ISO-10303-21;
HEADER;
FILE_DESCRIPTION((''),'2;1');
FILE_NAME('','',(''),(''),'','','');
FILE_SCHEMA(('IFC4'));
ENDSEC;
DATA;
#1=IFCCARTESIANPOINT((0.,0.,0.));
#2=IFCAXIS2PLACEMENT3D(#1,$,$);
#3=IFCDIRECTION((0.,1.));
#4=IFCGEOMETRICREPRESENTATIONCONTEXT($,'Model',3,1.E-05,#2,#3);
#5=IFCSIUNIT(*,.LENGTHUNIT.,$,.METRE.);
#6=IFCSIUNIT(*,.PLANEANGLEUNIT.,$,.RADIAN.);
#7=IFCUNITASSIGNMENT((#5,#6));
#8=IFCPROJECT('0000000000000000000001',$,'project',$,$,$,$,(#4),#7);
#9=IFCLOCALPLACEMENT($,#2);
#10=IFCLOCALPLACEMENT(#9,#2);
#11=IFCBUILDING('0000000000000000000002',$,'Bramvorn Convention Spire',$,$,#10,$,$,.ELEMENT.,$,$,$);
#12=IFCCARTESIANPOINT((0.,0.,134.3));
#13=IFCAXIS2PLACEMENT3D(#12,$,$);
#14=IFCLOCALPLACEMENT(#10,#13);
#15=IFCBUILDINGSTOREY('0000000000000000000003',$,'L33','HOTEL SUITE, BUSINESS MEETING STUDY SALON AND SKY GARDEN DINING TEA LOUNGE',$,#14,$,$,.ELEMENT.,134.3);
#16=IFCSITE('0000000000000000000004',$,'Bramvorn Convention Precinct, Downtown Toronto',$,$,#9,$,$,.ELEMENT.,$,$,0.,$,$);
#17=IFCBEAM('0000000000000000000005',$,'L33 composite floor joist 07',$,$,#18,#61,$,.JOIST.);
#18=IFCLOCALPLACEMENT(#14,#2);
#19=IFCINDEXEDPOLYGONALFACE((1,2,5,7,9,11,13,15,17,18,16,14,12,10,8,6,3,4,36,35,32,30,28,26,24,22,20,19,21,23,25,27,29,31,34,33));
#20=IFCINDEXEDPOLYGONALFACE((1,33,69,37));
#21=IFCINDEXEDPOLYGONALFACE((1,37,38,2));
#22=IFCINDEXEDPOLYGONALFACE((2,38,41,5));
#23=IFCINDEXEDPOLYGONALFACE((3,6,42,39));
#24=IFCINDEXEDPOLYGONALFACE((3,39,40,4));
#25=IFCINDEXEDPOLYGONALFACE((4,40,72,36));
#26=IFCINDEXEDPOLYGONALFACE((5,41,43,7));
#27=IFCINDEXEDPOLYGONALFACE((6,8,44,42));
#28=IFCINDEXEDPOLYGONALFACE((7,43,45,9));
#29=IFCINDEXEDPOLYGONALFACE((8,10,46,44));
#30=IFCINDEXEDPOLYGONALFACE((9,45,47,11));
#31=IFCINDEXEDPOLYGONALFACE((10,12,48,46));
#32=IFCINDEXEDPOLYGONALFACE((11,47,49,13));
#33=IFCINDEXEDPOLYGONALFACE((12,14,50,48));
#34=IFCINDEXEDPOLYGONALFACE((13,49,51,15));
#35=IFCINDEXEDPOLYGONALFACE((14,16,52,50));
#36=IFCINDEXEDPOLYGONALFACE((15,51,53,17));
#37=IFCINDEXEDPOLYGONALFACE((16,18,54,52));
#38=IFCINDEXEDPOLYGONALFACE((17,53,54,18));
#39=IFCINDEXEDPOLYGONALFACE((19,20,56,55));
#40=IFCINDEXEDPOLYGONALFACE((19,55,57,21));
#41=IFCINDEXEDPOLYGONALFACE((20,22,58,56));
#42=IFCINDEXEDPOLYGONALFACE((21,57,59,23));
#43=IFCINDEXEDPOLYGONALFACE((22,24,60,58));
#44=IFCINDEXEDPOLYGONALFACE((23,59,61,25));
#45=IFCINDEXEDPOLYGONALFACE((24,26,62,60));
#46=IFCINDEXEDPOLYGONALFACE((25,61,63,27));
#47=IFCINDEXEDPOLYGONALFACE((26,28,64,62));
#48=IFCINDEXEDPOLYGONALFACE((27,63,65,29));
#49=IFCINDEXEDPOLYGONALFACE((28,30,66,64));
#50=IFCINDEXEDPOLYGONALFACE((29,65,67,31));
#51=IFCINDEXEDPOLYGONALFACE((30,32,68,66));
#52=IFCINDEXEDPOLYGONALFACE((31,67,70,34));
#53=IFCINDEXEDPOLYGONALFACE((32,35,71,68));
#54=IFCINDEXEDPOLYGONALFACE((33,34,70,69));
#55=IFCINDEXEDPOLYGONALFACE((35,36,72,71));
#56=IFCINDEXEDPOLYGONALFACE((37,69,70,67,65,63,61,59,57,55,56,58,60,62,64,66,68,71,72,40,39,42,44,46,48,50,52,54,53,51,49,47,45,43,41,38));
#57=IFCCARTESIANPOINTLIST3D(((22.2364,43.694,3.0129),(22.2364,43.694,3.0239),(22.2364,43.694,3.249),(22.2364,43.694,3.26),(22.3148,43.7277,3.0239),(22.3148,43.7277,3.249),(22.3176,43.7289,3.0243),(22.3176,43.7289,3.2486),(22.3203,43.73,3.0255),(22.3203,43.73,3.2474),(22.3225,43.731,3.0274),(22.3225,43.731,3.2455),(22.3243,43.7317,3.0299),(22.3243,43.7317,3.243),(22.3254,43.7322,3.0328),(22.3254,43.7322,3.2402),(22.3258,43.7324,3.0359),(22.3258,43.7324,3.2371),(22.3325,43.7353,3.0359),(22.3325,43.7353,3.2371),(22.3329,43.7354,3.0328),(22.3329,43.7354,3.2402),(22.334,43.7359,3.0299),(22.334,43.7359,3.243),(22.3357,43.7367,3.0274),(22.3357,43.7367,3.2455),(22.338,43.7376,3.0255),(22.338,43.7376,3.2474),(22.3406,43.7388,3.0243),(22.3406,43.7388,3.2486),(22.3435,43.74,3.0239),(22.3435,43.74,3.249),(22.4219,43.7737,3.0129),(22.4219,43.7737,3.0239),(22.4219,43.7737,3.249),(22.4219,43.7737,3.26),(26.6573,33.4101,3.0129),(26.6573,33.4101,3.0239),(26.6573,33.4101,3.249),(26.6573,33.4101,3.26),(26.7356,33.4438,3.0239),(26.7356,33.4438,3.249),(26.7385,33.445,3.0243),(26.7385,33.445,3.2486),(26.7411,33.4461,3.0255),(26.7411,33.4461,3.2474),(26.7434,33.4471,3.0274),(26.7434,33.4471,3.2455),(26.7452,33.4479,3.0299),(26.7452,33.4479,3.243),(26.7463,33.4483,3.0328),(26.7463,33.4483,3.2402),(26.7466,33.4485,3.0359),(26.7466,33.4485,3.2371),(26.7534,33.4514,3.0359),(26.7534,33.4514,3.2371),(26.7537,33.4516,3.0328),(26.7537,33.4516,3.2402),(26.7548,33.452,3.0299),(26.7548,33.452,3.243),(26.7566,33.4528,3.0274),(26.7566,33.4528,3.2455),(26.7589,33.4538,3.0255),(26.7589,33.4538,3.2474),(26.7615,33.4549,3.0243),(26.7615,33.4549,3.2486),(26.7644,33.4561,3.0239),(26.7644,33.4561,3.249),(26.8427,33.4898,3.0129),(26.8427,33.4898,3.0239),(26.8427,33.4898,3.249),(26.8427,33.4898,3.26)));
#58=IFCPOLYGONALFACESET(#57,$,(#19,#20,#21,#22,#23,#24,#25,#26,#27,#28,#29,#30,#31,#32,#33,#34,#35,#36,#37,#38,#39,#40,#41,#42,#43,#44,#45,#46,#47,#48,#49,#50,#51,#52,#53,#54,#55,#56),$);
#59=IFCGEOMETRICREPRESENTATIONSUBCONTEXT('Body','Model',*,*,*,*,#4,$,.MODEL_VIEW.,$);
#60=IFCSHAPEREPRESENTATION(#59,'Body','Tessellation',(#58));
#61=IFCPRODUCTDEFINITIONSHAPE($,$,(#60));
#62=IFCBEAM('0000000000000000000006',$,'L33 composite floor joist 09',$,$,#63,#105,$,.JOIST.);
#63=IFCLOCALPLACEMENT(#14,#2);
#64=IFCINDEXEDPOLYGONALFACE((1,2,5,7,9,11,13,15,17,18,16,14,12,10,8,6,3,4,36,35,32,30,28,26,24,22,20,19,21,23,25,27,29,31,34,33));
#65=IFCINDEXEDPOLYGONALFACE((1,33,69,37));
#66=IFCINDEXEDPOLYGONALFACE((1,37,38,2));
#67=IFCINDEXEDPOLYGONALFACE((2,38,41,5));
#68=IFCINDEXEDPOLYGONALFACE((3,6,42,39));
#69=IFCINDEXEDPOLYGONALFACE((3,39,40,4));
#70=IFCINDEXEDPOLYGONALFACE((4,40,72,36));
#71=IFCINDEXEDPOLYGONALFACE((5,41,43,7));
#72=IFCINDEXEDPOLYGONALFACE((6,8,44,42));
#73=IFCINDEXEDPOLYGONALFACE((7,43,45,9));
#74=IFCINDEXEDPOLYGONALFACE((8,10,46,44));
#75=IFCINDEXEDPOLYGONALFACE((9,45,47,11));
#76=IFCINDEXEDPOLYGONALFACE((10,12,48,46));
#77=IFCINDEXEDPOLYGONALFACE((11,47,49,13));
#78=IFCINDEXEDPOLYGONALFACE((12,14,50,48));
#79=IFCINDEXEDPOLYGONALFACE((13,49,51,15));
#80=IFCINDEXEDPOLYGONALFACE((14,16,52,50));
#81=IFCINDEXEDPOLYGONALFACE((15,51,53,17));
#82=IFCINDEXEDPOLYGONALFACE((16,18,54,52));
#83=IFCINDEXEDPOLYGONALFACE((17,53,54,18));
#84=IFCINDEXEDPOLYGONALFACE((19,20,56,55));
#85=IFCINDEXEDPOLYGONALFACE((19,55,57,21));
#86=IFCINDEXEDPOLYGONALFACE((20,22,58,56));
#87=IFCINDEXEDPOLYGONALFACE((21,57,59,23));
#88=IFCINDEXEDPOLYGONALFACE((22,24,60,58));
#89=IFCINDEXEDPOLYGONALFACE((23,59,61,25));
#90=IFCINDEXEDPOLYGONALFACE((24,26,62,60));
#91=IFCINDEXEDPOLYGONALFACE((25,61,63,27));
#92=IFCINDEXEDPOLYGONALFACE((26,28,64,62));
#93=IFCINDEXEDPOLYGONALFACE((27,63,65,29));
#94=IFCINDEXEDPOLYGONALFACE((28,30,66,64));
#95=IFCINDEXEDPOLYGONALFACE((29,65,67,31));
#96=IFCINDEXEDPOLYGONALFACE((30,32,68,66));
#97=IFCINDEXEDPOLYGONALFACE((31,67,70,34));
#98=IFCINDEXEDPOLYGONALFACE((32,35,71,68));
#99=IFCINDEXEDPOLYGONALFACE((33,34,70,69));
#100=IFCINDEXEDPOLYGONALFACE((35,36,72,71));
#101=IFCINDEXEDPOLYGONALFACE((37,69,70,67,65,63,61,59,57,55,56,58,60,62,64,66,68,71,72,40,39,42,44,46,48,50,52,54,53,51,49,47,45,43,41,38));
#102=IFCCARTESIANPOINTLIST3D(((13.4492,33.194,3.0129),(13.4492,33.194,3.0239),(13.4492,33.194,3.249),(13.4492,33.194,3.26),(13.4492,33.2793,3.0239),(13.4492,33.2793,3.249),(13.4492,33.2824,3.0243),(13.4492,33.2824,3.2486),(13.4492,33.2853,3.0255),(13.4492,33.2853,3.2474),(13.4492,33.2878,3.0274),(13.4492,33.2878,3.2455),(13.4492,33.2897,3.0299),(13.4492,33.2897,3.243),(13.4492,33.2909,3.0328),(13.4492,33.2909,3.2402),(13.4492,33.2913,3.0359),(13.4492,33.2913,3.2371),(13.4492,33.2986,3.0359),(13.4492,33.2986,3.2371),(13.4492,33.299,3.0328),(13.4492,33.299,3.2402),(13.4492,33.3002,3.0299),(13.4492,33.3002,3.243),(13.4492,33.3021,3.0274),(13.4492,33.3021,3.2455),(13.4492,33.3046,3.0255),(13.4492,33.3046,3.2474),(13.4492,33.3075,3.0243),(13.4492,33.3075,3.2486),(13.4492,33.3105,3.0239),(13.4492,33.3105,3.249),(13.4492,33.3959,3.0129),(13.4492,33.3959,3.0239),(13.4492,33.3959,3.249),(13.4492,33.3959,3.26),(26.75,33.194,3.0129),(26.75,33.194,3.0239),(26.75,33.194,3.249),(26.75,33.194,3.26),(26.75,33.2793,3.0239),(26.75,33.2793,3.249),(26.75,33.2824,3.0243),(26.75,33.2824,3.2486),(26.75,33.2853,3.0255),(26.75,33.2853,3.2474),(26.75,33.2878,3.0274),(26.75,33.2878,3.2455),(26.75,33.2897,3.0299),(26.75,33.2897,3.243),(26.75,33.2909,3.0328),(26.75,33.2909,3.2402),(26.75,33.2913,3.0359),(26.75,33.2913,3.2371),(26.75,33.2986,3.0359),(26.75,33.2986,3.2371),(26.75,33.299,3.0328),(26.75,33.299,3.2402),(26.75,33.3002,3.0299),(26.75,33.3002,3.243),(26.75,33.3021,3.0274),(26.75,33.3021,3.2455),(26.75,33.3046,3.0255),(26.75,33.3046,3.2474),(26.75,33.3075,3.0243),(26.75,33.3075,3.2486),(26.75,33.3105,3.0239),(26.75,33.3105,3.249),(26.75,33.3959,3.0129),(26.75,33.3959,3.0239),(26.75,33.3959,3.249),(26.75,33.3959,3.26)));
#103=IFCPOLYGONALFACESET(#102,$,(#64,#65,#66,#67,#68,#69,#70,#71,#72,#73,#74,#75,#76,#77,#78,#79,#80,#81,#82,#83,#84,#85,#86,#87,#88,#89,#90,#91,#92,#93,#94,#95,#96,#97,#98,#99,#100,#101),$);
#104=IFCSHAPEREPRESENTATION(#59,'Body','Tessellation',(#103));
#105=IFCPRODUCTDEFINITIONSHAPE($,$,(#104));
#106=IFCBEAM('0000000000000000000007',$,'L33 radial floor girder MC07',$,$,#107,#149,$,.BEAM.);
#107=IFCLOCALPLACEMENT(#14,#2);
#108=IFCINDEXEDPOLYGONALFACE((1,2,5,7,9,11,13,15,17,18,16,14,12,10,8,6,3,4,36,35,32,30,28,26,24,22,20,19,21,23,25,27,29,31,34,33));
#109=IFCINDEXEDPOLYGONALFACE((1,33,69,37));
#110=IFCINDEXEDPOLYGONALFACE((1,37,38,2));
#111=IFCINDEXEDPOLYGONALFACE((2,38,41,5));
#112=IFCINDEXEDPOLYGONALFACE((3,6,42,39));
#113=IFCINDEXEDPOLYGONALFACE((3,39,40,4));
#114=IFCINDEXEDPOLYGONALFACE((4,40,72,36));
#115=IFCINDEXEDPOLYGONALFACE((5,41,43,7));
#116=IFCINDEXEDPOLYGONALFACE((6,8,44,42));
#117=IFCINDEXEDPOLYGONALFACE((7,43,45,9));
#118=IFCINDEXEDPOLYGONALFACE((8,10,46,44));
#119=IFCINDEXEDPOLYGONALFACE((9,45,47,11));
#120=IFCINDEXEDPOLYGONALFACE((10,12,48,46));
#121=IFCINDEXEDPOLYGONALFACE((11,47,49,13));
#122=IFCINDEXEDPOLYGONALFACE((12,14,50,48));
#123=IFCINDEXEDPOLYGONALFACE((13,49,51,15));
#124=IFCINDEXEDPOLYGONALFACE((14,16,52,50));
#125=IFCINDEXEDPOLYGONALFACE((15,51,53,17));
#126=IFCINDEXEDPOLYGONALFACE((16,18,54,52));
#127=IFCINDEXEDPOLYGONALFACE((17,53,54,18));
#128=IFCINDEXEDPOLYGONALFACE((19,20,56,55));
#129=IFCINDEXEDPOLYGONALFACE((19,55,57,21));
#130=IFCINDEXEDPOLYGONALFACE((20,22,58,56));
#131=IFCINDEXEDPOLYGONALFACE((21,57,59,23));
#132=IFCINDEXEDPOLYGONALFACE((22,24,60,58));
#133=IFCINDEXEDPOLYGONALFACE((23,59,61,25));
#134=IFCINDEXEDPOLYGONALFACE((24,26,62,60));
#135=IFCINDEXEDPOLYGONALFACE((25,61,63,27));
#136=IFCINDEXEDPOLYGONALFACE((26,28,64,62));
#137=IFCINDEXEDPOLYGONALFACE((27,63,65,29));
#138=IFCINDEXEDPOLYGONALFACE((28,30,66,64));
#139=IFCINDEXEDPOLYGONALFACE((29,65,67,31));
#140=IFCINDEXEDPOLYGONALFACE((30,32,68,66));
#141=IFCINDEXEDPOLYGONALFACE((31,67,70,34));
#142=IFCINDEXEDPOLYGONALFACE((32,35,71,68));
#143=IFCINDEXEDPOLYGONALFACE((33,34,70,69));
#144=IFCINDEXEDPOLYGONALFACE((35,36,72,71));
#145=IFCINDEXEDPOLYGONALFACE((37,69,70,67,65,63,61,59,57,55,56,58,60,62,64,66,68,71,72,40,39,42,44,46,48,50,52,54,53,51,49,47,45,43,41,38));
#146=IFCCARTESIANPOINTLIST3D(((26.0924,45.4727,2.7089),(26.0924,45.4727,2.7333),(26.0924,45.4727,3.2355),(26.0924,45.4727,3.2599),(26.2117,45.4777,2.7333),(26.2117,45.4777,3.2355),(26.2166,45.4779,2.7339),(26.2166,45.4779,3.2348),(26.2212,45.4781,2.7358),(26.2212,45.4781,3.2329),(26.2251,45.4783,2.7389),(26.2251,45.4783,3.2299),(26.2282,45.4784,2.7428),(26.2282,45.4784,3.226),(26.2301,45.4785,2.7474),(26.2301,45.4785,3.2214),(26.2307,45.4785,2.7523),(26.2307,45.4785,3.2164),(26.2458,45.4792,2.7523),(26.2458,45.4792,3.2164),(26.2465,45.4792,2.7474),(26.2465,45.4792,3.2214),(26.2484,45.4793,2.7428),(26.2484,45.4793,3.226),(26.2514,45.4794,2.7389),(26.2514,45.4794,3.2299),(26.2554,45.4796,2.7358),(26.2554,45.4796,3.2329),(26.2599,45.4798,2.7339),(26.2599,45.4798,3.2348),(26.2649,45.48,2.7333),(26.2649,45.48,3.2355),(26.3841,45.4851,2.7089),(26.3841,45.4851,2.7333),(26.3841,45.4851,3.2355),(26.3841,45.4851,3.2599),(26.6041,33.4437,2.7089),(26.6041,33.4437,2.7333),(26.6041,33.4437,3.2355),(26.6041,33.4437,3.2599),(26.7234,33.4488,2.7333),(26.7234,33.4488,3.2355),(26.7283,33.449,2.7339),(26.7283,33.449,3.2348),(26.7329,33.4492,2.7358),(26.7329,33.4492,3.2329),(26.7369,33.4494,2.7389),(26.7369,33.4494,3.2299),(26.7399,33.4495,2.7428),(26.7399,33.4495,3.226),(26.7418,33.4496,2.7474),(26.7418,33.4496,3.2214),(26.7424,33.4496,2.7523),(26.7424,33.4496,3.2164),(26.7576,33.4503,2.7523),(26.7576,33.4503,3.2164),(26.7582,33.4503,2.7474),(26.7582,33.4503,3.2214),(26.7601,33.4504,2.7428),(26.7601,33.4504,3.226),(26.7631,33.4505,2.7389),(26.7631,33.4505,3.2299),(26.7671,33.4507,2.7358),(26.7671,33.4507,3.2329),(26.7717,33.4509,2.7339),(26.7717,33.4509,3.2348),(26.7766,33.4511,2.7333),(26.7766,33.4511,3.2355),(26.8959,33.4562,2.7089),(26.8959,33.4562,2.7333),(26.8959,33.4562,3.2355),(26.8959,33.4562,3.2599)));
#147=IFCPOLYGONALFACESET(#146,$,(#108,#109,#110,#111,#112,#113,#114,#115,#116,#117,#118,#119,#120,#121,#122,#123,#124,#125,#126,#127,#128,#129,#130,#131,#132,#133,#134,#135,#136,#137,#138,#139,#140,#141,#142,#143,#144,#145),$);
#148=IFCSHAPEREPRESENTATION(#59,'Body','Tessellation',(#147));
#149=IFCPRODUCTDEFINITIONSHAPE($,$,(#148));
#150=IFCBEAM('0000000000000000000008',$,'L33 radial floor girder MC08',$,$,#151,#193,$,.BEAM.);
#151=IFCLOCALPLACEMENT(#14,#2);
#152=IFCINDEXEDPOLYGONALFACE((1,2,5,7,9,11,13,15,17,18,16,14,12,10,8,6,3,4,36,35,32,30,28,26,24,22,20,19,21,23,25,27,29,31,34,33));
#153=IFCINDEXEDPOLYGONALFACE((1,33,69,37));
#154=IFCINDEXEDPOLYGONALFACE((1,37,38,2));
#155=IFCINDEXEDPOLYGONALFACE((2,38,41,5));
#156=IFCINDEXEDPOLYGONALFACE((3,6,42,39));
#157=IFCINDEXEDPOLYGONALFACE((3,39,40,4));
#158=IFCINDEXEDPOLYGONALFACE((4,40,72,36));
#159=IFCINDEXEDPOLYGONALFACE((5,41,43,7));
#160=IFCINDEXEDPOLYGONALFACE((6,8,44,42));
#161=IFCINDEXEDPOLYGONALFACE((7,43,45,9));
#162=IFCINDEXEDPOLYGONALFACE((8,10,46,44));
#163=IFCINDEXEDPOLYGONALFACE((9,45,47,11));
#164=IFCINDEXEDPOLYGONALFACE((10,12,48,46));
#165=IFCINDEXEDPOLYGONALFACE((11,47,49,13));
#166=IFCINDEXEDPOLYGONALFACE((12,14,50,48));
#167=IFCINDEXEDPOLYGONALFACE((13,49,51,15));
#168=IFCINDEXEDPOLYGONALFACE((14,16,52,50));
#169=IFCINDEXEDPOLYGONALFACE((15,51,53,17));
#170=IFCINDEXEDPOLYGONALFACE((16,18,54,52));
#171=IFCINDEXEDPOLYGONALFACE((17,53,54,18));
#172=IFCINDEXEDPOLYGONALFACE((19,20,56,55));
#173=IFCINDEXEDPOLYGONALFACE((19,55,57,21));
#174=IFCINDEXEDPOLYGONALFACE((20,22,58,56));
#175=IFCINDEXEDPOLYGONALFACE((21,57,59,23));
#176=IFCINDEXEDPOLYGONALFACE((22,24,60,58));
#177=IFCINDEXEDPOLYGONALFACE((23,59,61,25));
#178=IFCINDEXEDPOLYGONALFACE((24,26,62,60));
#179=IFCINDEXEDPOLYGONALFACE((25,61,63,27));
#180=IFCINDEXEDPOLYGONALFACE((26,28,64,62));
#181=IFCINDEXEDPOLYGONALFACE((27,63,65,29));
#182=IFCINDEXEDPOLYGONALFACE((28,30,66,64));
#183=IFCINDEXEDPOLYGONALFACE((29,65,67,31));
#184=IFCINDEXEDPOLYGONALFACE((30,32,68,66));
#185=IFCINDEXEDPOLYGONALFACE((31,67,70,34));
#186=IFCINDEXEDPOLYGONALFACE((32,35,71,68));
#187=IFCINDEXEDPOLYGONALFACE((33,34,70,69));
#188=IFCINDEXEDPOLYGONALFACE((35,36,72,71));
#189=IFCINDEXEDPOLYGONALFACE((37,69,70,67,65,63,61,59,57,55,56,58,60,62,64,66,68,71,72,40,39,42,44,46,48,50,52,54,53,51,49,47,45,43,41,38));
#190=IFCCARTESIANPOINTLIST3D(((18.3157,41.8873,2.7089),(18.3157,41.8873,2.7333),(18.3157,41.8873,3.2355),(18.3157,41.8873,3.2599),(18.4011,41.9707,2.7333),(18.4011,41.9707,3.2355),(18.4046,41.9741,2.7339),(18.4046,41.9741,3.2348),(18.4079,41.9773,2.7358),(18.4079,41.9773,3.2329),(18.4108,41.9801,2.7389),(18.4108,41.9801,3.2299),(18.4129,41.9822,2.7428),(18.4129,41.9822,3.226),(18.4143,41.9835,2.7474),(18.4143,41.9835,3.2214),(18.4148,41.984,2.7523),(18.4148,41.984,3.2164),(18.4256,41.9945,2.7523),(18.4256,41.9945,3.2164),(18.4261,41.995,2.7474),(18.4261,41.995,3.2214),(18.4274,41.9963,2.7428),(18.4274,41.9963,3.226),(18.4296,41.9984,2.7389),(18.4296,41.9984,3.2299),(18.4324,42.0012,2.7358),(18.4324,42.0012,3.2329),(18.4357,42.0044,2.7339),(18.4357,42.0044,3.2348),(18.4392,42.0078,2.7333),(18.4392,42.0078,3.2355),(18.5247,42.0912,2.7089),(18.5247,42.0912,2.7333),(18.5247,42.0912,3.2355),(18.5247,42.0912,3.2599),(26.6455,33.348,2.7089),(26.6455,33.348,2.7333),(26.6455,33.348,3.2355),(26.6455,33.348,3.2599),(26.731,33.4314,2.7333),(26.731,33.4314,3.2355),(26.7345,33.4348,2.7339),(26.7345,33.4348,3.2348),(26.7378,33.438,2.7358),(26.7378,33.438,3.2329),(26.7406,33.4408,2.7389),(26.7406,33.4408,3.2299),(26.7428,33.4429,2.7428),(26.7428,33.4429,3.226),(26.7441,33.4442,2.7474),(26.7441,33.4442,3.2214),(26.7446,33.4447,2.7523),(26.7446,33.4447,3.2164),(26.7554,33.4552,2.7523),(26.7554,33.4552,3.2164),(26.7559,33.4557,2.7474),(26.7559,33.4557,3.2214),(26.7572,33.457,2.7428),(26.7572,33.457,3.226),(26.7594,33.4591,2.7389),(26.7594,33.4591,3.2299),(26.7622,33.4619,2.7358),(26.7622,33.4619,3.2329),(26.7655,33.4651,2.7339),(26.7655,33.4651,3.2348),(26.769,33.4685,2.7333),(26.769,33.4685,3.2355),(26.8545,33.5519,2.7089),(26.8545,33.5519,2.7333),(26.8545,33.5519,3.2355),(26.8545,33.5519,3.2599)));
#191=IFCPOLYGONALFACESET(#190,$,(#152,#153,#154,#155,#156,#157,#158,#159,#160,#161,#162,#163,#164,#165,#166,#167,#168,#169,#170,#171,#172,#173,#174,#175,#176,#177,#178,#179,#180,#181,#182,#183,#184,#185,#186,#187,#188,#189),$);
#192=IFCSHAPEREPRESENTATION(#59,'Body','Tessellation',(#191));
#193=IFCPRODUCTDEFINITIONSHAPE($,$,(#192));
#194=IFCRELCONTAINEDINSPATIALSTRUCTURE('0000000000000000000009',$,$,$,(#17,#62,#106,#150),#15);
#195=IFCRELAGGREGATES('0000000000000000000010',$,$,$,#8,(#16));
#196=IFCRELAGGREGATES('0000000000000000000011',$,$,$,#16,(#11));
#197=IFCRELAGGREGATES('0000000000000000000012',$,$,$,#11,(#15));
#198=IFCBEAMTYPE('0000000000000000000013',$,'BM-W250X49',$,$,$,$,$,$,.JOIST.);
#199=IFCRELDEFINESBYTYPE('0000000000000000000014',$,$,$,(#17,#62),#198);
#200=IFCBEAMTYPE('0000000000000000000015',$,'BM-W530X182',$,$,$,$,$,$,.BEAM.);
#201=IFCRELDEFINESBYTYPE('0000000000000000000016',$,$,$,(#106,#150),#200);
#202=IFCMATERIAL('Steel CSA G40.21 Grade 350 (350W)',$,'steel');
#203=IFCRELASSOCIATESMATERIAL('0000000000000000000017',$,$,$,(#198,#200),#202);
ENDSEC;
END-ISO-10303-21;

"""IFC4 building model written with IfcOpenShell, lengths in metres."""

from ifc_helpers import new_model, si_unit, direction, frame, origin, origin_2d, place, context, subcontext, project, spatial, i_section, extrude, material, material_profile, profile_set, type_object, element, save


model = new_model("IFC4")

# Units and contexts
model_context = context("Model", 3, precision=1e-05, world=origin(), true_north=direction((0.0, 1.0)))
body_context = subcontext(model_context, "Body", "Model", "MODEL_VIEW")
ifc_project = project(units=[si_unit("LENGTHUNIT", "METRE"), si_unit("PLANEANGLEUNIT", "RADIAN")], contexts=[model_context])

# Site, building, storey
site_placement = place(None, origin())
site = spatial("IfcSite", under=ifc_project, at=site_placement, Name="Bramvorn Convention Precinct, Downtown Toronto", CompositionType="ELEMENT", RefElevation=0.0)
building_placement = place(site_placement, origin())
building = spatial("IfcBuilding", under=site, at=building_placement, Name="Bramvorn Convention Spire", CompositionType="ELEMENT")
storey_placement = place(building_placement, frame((0.0, 0.0, 134.3)))
storey = spatial("IfcBuildingStorey", under=building, at=storey_placement, Name="L33", Description="HOTEL SUITE, BUSINESS MEETING STUDY SALON AND SKY GARDEN DINING TEA LOUNGE", CompositionType="ELEMENT", Elevation=134.3)

# Beams
ifc_material_1 = material(Name="Steel CSA G40.21 Grade 350 (350W)", Category="steel")
ifc_material_profile_1 = material_profile(ifc_material_1, i_section(OverallWidth=0.2019, OverallDepth=0.2471, WebThickness=0.0073, FlangeThickness=0.011, FilletRadius=0.012, at=origin_2d()))
ifc_profile_set_1 = profile_set([ifc_material_profile_1], Name="Steel CSA G40.21 Grade 350 (350W) - W250X49")
beam_type_1 = type_object("IfcBeamType", Name="BM-W250X49", PredefinedType="JOIST", material=ifc_profile_set_1)
beam_1_placement = place(storey_placement, frame((26.75, 33.45, 3.1365), z_axis=(-0.394938, 0.918708, 0.0), x_axis=(-0.918708, -0.394938, 0.0)))
element("IfcBeam", 1, at=beam_1_placement, inside=storey, type_object=beam_type_1, Name="L33 composite floor joist 07", PredefinedType="JOIST", context=body_context, shape_type="SweptSolid", body=[
    extrude(i_section(OverallWidth=0.2019, OverallDepth=0.2471, WebThickness=0.0073, FlangeThickness=0.011, FilletRadius=0.012, at=origin_2d()), origin(), (0.0, 0.0, 1.0), 11.1938),
])
beam_2_placement = place(storey_placement, frame((26.75, 33.2949, 3.1365), z_axis=(-1.0, 0.0, 0.0), x_axis=(0.0, -1.0, 0.0)))
element("IfcBeam", 2, at=beam_2_placement, inside=storey, type_object=beam_type_1, Name="L33 composite floor joist 09", PredefinedType="JOIST", context=body_context, shape_type="SweptSolid", body=[
    extrude(i_section(OverallWidth=0.2019, OverallDepth=0.2471, WebThickness=0.0073, FlangeThickness=0.011, FilletRadius=0.012, at=origin_2d()), origin(), (0.0, 0.0, 1.0), 13.3008),
])
ifc_material_profile_2 = material_profile(ifc_material_1, i_section(OverallWidth=0.292, OverallDepth=0.551, WebThickness=0.0151, FlangeThickness=0.0244, FilletRadius=0.019, at=origin_2d()))
ifc_profile_set_2 = profile_set([ifc_material_profile_2], Name="Steel CSA G40.21 Grade 350 (350W) - W530X182")
beam_type_2 = type_object("IfcBeamType", Name="BM-W530X182", PredefinedType="BEAM", material=ifc_profile_set_2)
beam_3_placement = place(storey_placement, frame((26.75, 33.45, 2.9844), z_axis=(-0.042503, 0.999096, 0.0), x_axis=(-0.999096, -0.042503, 0.0)))
element("IfcBeam", 3, at=beam_3_placement, inside=storey, type_object=beam_type_2, Name="L33 radial floor girder MC07", PredefinedType="BEAM", context=body_context, shape_type="SweptSolid", body=[
    extrude(i_section(OverallWidth=0.292, OverallDepth=0.551, WebThickness=0.0151, FlangeThickness=0.0244, FilletRadius=0.019, at=origin_2d()), origin(), (0.0, 0.0, 1.0), 12.0398),
])
beam_4_placement = place(storey_placement, frame((26.75, 33.45, 2.9844), z_axis=(-0.698272, 0.715832, 0.0), x_axis=(-0.715832, -0.698272, 0.0)))
element("IfcBeam", 4, at=beam_4_placement, inside=storey, type_object=beam_type_2, Name="L33 radial floor girder MC08", PredefinedType="BEAM", context=body_context, shape_type="SweptSolid", body=[
    extrude(i_section(OverallWidth=0.292, OverallDepth=0.551, WebThickness=0.0151, FlangeThickness=0.0244, FilletRadius=0.019, at=origin_2d()), origin(), (0.0, 0.0, 1.0), 11.9292),
])

save(model, "model.ifc")
